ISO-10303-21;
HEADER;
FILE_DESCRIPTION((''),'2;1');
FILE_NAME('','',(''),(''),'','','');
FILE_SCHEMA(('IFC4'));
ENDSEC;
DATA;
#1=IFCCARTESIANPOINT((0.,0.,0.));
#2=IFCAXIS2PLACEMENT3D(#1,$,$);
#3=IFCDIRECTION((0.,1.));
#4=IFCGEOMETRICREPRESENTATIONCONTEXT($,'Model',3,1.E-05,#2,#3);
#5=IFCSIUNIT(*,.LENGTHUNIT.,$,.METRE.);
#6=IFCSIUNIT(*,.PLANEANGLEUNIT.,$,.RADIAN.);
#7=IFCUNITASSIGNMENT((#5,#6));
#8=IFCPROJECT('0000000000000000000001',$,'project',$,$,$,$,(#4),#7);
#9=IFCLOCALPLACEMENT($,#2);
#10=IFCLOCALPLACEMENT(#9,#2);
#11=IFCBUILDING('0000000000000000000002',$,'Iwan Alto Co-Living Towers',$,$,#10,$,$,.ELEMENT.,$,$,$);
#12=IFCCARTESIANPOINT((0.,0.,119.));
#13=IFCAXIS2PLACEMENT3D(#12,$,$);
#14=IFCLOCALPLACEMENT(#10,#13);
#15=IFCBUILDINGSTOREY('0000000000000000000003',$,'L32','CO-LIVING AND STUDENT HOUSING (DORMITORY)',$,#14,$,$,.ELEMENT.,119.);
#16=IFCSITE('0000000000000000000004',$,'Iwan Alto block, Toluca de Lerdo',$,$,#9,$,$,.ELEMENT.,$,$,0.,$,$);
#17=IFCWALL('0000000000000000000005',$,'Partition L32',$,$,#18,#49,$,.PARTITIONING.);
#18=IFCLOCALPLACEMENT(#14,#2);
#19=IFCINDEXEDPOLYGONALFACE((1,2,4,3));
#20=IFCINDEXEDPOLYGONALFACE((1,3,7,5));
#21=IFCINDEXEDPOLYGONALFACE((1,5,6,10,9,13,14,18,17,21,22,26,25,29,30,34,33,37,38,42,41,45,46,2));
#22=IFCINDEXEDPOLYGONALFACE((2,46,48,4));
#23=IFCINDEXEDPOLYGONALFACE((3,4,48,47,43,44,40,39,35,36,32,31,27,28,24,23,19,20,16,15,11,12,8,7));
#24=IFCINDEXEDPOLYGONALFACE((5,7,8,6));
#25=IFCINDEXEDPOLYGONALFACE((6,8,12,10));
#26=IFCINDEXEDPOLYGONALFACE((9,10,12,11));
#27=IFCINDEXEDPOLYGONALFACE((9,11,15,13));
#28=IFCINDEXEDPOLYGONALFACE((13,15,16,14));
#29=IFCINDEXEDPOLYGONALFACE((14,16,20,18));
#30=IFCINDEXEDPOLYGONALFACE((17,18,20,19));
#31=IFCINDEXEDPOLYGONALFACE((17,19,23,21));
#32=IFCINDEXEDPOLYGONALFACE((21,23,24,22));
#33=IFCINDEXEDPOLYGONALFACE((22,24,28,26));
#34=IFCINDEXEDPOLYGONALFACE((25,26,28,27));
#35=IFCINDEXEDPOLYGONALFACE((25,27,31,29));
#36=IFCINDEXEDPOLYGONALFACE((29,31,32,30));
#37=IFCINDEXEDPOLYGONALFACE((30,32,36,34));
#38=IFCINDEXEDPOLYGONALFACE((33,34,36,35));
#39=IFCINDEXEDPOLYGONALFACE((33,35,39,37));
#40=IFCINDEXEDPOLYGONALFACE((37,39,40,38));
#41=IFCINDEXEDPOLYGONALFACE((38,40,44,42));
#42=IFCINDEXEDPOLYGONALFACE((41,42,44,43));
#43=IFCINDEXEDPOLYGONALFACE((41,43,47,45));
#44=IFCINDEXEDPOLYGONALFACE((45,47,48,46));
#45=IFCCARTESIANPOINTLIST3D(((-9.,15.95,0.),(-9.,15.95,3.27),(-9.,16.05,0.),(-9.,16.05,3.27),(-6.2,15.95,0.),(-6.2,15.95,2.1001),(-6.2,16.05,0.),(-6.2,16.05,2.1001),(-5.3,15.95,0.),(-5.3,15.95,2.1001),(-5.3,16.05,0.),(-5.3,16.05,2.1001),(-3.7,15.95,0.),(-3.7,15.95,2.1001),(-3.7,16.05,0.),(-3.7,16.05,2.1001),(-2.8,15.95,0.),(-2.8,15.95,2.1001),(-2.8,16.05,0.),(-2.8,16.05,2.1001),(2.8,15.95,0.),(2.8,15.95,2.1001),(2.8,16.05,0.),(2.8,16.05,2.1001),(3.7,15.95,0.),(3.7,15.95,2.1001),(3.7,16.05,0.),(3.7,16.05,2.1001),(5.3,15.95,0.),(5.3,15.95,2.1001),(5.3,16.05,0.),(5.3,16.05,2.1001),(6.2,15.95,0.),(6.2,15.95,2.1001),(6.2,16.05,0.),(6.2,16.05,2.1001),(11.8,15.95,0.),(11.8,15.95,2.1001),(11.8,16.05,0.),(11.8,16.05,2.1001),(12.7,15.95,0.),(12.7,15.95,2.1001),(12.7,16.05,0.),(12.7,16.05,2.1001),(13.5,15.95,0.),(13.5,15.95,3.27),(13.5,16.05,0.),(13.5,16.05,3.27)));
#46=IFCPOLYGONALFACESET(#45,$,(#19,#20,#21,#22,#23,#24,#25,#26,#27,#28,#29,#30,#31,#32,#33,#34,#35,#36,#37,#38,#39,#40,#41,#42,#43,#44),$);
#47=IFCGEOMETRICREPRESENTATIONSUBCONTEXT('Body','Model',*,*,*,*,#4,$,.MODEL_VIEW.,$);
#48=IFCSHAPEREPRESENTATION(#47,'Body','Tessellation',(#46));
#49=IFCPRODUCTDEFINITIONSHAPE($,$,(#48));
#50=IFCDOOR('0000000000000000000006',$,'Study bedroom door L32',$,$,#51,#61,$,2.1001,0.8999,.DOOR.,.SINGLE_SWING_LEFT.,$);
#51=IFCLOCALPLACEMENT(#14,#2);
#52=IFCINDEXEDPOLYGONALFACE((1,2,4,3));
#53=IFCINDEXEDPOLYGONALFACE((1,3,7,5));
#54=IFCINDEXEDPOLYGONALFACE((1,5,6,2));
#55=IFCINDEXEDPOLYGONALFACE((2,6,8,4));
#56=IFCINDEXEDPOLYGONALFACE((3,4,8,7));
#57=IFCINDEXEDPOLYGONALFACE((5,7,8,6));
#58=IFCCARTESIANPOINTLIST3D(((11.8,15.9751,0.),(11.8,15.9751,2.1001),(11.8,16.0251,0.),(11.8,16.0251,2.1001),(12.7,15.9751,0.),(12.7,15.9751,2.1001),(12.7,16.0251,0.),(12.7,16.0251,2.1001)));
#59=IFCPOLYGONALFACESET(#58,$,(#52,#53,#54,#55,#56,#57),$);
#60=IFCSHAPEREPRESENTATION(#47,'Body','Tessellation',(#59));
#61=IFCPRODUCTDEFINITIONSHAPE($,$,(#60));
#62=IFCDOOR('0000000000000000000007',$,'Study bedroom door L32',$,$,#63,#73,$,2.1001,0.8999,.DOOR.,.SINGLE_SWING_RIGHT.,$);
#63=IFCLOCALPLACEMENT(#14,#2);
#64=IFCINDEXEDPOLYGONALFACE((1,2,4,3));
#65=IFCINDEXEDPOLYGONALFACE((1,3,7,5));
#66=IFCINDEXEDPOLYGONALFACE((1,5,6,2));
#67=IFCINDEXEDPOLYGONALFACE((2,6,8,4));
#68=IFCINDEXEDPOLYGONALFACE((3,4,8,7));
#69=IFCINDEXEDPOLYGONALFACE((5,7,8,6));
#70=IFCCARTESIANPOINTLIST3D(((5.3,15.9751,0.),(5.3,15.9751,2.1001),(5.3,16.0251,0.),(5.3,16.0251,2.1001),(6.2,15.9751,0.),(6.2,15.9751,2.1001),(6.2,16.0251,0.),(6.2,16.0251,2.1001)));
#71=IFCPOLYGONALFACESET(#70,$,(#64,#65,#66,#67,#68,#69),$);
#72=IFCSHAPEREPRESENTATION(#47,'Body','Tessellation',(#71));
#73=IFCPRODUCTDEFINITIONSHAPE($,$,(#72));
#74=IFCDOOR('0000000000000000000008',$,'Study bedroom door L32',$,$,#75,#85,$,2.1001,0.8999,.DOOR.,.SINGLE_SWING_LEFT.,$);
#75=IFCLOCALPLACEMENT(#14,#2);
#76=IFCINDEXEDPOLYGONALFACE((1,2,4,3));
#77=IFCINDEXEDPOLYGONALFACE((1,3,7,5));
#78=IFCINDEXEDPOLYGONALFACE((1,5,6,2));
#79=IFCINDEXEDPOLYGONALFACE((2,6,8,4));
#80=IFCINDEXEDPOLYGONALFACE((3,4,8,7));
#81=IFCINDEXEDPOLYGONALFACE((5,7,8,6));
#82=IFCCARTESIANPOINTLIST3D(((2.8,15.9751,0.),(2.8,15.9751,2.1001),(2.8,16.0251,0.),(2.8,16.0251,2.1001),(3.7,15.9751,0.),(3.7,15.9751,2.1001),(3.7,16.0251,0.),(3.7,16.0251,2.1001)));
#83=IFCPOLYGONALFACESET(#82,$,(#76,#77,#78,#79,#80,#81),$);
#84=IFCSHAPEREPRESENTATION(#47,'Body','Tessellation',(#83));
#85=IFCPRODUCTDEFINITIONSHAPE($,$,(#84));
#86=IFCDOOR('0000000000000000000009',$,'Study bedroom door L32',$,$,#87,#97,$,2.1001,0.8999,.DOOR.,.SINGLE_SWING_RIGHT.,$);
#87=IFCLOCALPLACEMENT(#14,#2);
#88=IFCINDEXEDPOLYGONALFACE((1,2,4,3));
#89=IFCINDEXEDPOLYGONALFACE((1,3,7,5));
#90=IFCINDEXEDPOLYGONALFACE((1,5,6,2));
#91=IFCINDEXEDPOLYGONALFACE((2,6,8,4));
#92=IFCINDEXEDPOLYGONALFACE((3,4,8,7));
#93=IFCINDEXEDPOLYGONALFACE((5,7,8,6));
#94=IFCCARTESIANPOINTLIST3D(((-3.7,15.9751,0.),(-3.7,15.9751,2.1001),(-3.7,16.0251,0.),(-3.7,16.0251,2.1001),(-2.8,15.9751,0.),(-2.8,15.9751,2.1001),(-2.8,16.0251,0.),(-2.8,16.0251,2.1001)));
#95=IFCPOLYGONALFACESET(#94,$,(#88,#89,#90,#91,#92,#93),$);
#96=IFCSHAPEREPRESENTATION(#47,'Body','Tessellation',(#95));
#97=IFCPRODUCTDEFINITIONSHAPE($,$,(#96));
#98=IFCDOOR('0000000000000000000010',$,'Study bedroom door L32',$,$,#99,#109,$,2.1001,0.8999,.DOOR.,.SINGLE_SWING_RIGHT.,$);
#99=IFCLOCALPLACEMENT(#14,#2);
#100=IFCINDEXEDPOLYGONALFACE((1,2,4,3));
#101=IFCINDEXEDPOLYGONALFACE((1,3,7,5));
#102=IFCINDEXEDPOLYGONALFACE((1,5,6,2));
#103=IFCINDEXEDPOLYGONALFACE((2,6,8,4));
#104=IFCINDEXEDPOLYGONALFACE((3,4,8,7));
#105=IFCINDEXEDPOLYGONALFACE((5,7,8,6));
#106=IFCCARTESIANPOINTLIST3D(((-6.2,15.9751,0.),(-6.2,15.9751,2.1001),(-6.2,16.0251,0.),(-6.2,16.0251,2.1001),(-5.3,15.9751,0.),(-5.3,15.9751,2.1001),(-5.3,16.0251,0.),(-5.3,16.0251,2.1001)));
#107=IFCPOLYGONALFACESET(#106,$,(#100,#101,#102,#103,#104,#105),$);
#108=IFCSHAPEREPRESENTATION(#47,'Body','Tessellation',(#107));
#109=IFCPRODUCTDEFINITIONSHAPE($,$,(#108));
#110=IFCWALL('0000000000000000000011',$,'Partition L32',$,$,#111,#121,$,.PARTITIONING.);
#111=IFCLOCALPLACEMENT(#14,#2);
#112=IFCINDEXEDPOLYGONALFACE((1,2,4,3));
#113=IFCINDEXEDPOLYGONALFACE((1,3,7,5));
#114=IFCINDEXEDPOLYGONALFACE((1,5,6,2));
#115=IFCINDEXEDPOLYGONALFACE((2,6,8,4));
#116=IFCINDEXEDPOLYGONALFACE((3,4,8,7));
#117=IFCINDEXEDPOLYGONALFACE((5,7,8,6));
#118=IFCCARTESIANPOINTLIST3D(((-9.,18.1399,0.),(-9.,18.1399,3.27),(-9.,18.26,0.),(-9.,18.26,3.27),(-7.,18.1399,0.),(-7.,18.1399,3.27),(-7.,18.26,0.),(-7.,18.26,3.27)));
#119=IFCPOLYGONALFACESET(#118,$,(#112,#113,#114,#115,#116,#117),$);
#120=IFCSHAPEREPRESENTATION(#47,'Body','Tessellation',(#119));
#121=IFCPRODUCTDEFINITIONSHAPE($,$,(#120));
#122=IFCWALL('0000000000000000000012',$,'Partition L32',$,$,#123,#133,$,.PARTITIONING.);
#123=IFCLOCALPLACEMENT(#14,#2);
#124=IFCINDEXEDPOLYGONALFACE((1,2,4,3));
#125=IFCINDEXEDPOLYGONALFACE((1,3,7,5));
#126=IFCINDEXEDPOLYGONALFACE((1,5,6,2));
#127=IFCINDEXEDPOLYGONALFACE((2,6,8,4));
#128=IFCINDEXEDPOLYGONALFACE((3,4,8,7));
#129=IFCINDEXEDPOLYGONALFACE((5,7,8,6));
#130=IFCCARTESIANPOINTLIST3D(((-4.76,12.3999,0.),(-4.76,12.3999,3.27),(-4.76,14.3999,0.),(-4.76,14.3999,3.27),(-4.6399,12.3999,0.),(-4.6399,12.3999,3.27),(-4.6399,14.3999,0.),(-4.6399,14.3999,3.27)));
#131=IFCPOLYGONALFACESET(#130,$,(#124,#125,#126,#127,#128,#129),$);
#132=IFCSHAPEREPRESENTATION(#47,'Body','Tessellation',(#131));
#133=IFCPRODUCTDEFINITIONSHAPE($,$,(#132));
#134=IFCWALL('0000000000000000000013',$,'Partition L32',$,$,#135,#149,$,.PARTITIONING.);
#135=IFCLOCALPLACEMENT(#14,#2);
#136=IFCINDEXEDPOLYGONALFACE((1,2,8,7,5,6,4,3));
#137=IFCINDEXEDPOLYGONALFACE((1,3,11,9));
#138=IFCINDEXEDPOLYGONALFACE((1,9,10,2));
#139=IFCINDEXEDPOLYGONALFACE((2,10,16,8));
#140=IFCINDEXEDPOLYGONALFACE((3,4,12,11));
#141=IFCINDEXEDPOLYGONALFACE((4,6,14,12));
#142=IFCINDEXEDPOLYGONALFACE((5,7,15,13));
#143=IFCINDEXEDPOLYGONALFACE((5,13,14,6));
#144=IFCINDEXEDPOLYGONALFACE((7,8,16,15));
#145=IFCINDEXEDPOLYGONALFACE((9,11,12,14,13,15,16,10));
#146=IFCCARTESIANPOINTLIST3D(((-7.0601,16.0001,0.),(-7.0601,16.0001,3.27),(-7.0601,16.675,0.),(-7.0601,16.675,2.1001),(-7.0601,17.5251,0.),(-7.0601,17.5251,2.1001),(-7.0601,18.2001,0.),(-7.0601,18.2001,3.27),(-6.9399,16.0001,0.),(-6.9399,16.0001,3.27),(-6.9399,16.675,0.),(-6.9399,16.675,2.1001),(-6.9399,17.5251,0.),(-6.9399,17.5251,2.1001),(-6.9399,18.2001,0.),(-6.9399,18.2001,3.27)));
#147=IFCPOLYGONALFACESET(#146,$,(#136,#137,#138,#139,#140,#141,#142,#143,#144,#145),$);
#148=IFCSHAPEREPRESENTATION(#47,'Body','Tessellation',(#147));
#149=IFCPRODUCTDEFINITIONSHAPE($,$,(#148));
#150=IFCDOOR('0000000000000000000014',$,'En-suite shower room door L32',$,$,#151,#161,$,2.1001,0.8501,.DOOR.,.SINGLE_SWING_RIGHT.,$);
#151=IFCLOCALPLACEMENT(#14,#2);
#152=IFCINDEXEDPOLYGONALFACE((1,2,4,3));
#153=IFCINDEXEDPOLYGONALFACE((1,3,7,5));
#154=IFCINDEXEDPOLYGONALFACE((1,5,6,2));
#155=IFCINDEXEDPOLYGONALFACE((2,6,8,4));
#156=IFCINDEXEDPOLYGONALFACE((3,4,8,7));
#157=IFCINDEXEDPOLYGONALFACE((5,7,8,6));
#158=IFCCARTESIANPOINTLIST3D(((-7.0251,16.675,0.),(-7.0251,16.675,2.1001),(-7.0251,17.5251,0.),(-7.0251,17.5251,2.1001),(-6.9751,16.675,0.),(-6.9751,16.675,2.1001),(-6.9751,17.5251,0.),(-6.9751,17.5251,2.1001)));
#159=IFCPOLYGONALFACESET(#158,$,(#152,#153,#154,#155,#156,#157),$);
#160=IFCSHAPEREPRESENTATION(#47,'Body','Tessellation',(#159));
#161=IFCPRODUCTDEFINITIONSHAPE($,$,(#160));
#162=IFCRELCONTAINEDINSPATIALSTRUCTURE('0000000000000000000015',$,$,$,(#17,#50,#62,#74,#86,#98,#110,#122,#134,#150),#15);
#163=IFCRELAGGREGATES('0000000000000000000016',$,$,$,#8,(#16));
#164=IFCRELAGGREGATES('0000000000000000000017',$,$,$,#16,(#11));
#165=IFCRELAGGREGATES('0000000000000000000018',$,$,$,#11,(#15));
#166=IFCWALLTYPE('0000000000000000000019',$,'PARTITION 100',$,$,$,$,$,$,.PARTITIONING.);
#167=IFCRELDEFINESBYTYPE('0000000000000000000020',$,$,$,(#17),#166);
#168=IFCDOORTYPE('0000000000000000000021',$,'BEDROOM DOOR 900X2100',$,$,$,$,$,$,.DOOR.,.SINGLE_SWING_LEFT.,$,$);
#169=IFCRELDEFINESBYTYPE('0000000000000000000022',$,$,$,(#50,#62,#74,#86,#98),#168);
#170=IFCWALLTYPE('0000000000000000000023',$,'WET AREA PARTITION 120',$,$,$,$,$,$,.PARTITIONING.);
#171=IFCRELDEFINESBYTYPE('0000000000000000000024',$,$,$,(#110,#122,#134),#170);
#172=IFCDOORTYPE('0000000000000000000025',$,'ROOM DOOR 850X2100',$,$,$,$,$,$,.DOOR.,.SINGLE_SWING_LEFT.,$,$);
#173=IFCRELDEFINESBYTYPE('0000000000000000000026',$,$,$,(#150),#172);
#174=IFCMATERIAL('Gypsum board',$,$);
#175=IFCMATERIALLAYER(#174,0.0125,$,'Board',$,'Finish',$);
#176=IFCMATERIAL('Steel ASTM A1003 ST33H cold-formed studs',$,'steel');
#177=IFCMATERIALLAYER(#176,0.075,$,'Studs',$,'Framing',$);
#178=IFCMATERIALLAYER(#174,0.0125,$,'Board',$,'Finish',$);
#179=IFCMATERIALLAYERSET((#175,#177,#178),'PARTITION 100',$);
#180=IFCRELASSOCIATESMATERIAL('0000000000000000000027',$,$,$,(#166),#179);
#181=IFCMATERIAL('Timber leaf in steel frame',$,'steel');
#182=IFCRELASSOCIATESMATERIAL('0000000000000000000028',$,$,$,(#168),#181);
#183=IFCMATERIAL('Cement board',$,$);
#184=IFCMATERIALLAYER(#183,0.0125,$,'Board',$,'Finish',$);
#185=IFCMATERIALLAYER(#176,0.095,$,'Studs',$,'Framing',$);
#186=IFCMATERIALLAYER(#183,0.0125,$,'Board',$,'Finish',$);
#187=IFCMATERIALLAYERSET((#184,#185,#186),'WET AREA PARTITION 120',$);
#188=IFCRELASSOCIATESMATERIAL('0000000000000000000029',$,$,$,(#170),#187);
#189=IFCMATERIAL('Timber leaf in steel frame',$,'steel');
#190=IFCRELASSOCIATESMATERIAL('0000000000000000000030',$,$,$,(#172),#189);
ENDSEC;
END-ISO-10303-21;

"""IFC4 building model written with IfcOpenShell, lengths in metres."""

from ifc_helpers import new_model, si_unit, direction, frame, frame_2d, origin, place, context, subcontext, project, spatial, rectangle, extrude, material, layer, layer_set, type_object, element, fill, save


model = new_model("IFC4")

# Units and contexts
model_context = context("Model", 3, precision=1e-05, world=origin(), true_north=direction((0.0, 1.0)))
body_context = subcontext(model_context, "Body", "Model", "MODEL_VIEW")
ifc_project = project(units=[si_unit("LENGTHUNIT", "METRE"), si_unit("PLANEANGLEUNIT", "RADIAN")], contexts=[model_context])

# Site, building, storey
site_placement = place(None, origin())
site = spatial("IfcSite", under=ifc_project, at=site_placement, Name="Iwan Alto block, Toluca de Lerdo", CompositionType="ELEMENT", RefElevation=0.0)
building_placement = place(site_placement, origin())
building = spatial("IfcBuilding", under=site, at=building_placement, Name="Iwan Alto Co-Living Towers", CompositionType="ELEMENT")
storey_placement = place(building_placement, frame((0.0, 0.0, 119.0)))
storey = spatial("IfcBuildingStorey", under=building, at=storey_placement, Name="L32", Description="CO-LIVING AND STUDENT HOUSING (DORMITORY)", CompositionType="ELEMENT", Elevation=119.0)

# Shared definitions
ifc_material_1 = material(Name="Gypsum board")
ifc_material_2 = material(Name="Steel ASTM A1003 ST33H cold-formed studs", Category="steel")

# Wall, openings, doors
ifc_layer_1 = layer(ifc_material_1, 0.0125, Name="Board", Category="Finish")
ifc_layer_2 = layer(ifc_material_2, 0.075, Name="Studs", Category="Framing")
ifc_layer_3 = layer(ifc_material_1, 0.0125, Name="Board", Category="Finish")
ifc_layer_set_1 = layer_set([ifc_layer_1, ifc_layer_2, ifc_layer_3], Name="PARTITION 100")
wall_type_1 = type_object("IfcWallType", Name="PARTITION 100", PredefinedType="PARTITIONING", material=ifc_layer_set_1)
wall_1_placement = place(storey_placement, frame((-9.0, 16.0, 0.0), z_axis=(0.0, 0.0, 1.0), x_axis=(1.0, 0.0, 0.0)))
wall_1 = element("IfcWall", 1, at=wall_1_placement, inside=storey, type_object=wall_type_1, Name="Partition L32", PredefinedType="PARTITIONING", context=body_context, shape_type="SweptSolid", body=[
    extrude(rectangle(XDim=22.5, YDim=0.1001, at=frame_2d((11.25, 0.0))), origin(), (0.0, 0.0, 1.0), 3.27),
])
opening_1_placement = place(wall_1_placement, frame((20.8, 0.0, 0.0)))
opening_1 = element("IfcOpeningElement", 2, at=opening_1_placement, cuts=wall_1, PredefinedType="OPENING", context=body_context, shape_type="SweptSolid", body=[
    extrude(rectangle(XDim=0.8999, YDim=2.1001, at=frame_2d((0.45, 1.05))), frame((0.0, 0.0601, 0.0), z_axis=(0.0, -1.0, 0.0), x_axis=(1.0, 0.0, 0.0)), (0.0, 0.0, 1.0), 0.1201),
])
opening_2_placement = place(wall_1_placement, frame((14.3, 0.0, 0.0)))
opening_2 = element("IfcOpeningElement", 3, at=opening_2_placement, cuts=wall_1, PredefinedType="OPENING", context=body_context, shape_type="SweptSolid", body=[
    extrude(rectangle(XDim=0.8999, YDim=2.1001, at=frame_2d((0.45, 1.05))), frame((0.0, 0.0601, 0.0), z_axis=(0.0, -1.0, 0.0), x_axis=(1.0, 0.0, 0.0)), (0.0, 0.0, 1.0), 0.1201),
])
opening_3_placement = place(wall_1_placement, frame((11.8, 0.0, 0.0)))
opening_3 = element("IfcOpeningElement", 4, at=opening_3_placement, cuts=wall_1, PredefinedType="OPENING", context=body_context, shape_type="SweptSolid", body=[
    extrude(rectangle(XDim=0.8999, YDim=2.1001, at=frame_2d((0.45, 1.05))), frame((0.0, 0.0601, 0.0), z_axis=(0.0, -1.0, 0.0), x_axis=(1.0, 0.0, 0.0)), (0.0, 0.0, 1.0), 0.1201),
])
opening_4_placement = place(wall_1_placement, frame((5.3, 0.0, 0.0)))
opening_4 = element("IfcOpeningElement", 5, at=opening_4_placement, cuts=wall_1, PredefinedType="OPENING", context=body_context, shape_type="SweptSolid", body=[
    extrude(rectangle(XDim=0.8999, YDim=2.1001, at=frame_2d((0.45, 1.05))), frame((0.0, 0.0601, 0.0), z_axis=(0.0, -1.0, 0.0), x_axis=(1.0, 0.0, 0.0)), (0.0, 0.0, 1.0), 0.1201),
])
opening_5_placement = place(wall_1_placement, frame((2.8, 0.0, 0.0)))
opening_5 = element("IfcOpeningElement", 6, at=opening_5_placement, cuts=wall_1, PredefinedType="OPENING", context=body_context, shape_type="SweptSolid", body=[
    extrude(rectangle(XDim=0.8999, YDim=2.1001, at=frame_2d((0.45, 1.05))), frame((0.0, 0.0601, 0.0), z_axis=(0.0, -1.0, 0.0), x_axis=(1.0, 0.0, 0.0)), (0.0, 0.0, 1.0), 0.1201),
])
ifc_material_3 = material(Name="Timber leaf in steel frame", Category="steel")
door_type_1 = type_object("IfcDoorType", Name="BEDROOM DOOR 900X2100", OperationType="SINGLE_SWING_LEFT", PredefinedType="DOOR", material=ifc_material_3)
door_1_placement = place(opening_1_placement, frame((0.8999, 0.0, 0.0), z_axis=(0.0, 0.0, 1.0), x_axis=(-1.0, 0.0, 0.0)))
door_1 = element("IfcDoor", 7, at=door_1_placement, inside=storey, type_object=door_type_1, Name="Study bedroom door L32", OperationType="SINGLE_SWING_LEFT", OverallHeight=2.1001, OverallWidth=0.8999, PredefinedType="DOOR", context=body_context, shape_type="SweptSolid", body=[
    extrude(rectangle(XDim=0.8999, YDim=2.1001, at=frame_2d((0.45, 1.05))), frame((0.0, 0.0249, 0.0), z_axis=(0.0, -1.0, 0.0), x_axis=(1.0, 0.0, 0.0)), (0.0, 0.0, 1.0), 0.05),
])
fill(opening_1, door_1)
door_2_placement = place(opening_2_placement, frame((0.8999, 0.0, 0.0), z_axis=(0.0, 0.0, 1.0), x_axis=(-1.0, 0.0, 0.0)))
door_2 = element("IfcDoor", 8, at=door_2_placement, inside=storey, type_object=door_type_1, Name="Study bedroom door L32", OperationType="SINGLE_SWING_RIGHT", OverallHeight=2.1001, OverallWidth=0.8999, PredefinedType="DOOR", context=body_context, shape_type="SweptSolid", body=[
    extrude(rectangle(XDim=0.8999, YDim=2.1001, at=frame_2d((0.45, 1.05))), frame((0.0, 0.0249, 0.0), z_axis=(0.0, -1.0, 0.0), x_axis=(1.0, 0.0, 0.0)), (0.0, 0.0, 1.0), 0.05),
])
fill(opening_2, door_2)
door_3_placement = place(opening_3_placement, frame((0.8999, 0.0, 0.0), z_axis=(0.0, 0.0, 1.0), x_axis=(-1.0, 0.0, 0.0)))
door_3 = element("IfcDoor", 9, at=door_3_placement, inside=storey, type_object=door_type_1, Name="Study bedroom door L32", OperationType="SINGLE_SWING_LEFT", OverallHeight=2.1001, OverallWidth=0.8999, PredefinedType="DOOR", context=body_context, shape_type="SweptSolid", body=[
    extrude(rectangle(XDim=0.8999, YDim=2.1001, at=frame_2d((0.45, 1.05))), frame((0.0, 0.0249, 0.0), z_axis=(0.0, -1.0, 0.0), x_axis=(1.0, 0.0, 0.0)), (0.0, 0.0, 1.0), 0.05),
])
fill(opening_3, door_3)
door_4_placement = place(opening_4_placement, frame((0.8999, 0.0, 0.0), z_axis=(0.0, 0.0, 1.0), x_axis=(-1.0, 0.0, 0.0)))
door_4 = element("IfcDoor", 10, at=door_4_placement, inside=storey, type_object=door_type_1, Name="Study bedroom door L32", OperationType="SINGLE_SWING_RIGHT", OverallHeight=2.1001, OverallWidth=0.8999, PredefinedType="DOOR", context=body_context, shape_type="SweptSolid", body=[
    extrude(rectangle(XDim=0.8999, YDim=2.1001, at=frame_2d((0.45, 1.05))), frame((0.0, 0.0249, 0.0), z_axis=(0.0, -1.0, 0.0), x_axis=(1.0, 0.0, 0.0)), (0.0, 0.0, 1.0), 0.05),
])
fill(opening_4, door_4)
door_5_placement = place(opening_5_placement, frame((0.8999, 0.0, 0.0), z_axis=(0.0, 0.0, 1.0), x_axis=(-1.0, 0.0, 0.0)))
door_5 = element("IfcDoor", 11, at=door_5_placement, inside=storey, type_object=door_type_1, Name="Study bedroom door L32", OperationType="SINGLE_SWING_RIGHT", OverallHeight=2.1001, OverallWidth=0.8999, PredefinedType="DOOR", context=body_context, shape_type="SweptSolid", body=[
    extrude(rectangle(XDim=0.8999, YDim=2.1001, at=frame_2d((0.45, 1.05))), frame((0.0, 0.0249, 0.0), z_axis=(0.0, -1.0, 0.0), x_axis=(1.0, 0.0, 0.0)), (0.0, 0.0, 1.0), 0.05),
])
fill(opening_5, door_5)

# Walls
ifc_material_4 = material(Name="Cement board")
ifc_layer_4 = layer(ifc_material_4, 0.0125, Name="Board", Category="Finish")
ifc_layer_5 = layer(ifc_material_2, 0.095, Name="Studs", Category="Framing")
ifc_layer_6 = layer(ifc_material_4, 0.0125, Name="Board", Category="Finish")
ifc_layer_set_2 = layer_set([ifc_layer_4, ifc_layer_5, ifc_layer_6], Name="WET AREA PARTITION 120")
wall_type_2 = type_object("IfcWallType", Name="WET AREA PARTITION 120", PredefinedType="PARTITIONING", material=ifc_layer_set_2)
for number, where, z_axis, x_axis, name in (
    (12, (-9.0, 18.2, 0.0), (0.0, 0.0, 1.0), (1.0, 0.0, 0.0), "Partition L32"),
    (13, (-4.7, 12.3999, 0.0), (0.0, 0.0, 1.0), (0.0, 1.0, 0.0), "Partition L32"),
):
    element("IfcWall", number, at=place(storey_placement, frame(where, z_axis=z_axis, x_axis=x_axis)), inside=storey, type_object=wall_type_2, Name=name, PredefinedType="PARTITIONING", context=body_context, shape_type="SweptSolid", body=[
        extrude(rectangle(XDim=2.0, YDim=0.1201, at=frame_2d((1.0, 0.0))), origin(), (0.0, 0.0, 1.0), 3.27),
    ])

# Wall, opening, door
wall_2_placement = place(storey_placement, frame((-7.0, 16.0, 0.0), z_axis=(0.0, 0.0, 1.0), x_axis=(0.0, 1.0, 0.0)))
wall_2 = element("IfcWall", 14, at=wall_2_placement, inside=storey, type_object=wall_type_2, Name="Partition L32", PredefinedType="PARTITIONING", context=body_context, shape_type="SweptSolid", body=[
    extrude(rectangle(XDim=2.2, YDim=0.1201, at=frame_2d((1.1001, 0.0))), origin(), (0.0, 0.0, 1.0), 3.27),
])
opening_6_placement = place(wall_2_placement, frame((0.675, 0.0, 0.0)))
opening_6 = element("IfcOpeningElement", 15, at=opening_6_placement, cuts=wall_2, PredefinedType="OPENING", context=body_context, shape_type="SweptSolid", body=[
    extrude(rectangle(XDim=0.8501, YDim=2.1001, at=frame_2d((0.425, 1.05))), frame((0.0, 0.0701, 0.0), z_axis=(0.0, -1.0, 0.0), x_axis=(1.0, 0.0, 0.0)), (0.0, 0.0, 1.0), 0.1401),
])
ifc_material_5 = material(Name="Timber leaf in steel frame", Category="steel")
door_type_2 = type_object("IfcDoorType", Name="ROOM DOOR 850X2100", OperationType="SINGLE_SWING_LEFT", PredefinedType="DOOR", material=ifc_material_5)
door_6_placement = place(opening_6_placement, frame((0.8501, 0.0, 0.0), z_axis=(0.0, 0.0, 1.0), x_axis=(-1.0, 0.0, 0.0)))
door_6 = element("IfcDoor", 16, at=door_6_placement, inside=storey, type_object=door_type_2, Name="En-suite shower room door L32", OperationType="SINGLE_SWING_RIGHT", OverallHeight=2.1001, OverallWidth=0.8501, PredefinedType="DOOR", context=body_context, shape_type="SweptSolid", body=[
    extrude(rectangle(XDim=0.8501, YDim=2.1001, at=frame_2d((0.425, 1.05))), frame((0.0, 0.0249, 0.0), z_axis=(0.0, -1.0, 0.0), x_axis=(1.0, 0.0, 0.0)), (0.0, 0.0, 1.0), 0.05),
])
fill(opening_6, door_6)

save(model, "model.ifc")
